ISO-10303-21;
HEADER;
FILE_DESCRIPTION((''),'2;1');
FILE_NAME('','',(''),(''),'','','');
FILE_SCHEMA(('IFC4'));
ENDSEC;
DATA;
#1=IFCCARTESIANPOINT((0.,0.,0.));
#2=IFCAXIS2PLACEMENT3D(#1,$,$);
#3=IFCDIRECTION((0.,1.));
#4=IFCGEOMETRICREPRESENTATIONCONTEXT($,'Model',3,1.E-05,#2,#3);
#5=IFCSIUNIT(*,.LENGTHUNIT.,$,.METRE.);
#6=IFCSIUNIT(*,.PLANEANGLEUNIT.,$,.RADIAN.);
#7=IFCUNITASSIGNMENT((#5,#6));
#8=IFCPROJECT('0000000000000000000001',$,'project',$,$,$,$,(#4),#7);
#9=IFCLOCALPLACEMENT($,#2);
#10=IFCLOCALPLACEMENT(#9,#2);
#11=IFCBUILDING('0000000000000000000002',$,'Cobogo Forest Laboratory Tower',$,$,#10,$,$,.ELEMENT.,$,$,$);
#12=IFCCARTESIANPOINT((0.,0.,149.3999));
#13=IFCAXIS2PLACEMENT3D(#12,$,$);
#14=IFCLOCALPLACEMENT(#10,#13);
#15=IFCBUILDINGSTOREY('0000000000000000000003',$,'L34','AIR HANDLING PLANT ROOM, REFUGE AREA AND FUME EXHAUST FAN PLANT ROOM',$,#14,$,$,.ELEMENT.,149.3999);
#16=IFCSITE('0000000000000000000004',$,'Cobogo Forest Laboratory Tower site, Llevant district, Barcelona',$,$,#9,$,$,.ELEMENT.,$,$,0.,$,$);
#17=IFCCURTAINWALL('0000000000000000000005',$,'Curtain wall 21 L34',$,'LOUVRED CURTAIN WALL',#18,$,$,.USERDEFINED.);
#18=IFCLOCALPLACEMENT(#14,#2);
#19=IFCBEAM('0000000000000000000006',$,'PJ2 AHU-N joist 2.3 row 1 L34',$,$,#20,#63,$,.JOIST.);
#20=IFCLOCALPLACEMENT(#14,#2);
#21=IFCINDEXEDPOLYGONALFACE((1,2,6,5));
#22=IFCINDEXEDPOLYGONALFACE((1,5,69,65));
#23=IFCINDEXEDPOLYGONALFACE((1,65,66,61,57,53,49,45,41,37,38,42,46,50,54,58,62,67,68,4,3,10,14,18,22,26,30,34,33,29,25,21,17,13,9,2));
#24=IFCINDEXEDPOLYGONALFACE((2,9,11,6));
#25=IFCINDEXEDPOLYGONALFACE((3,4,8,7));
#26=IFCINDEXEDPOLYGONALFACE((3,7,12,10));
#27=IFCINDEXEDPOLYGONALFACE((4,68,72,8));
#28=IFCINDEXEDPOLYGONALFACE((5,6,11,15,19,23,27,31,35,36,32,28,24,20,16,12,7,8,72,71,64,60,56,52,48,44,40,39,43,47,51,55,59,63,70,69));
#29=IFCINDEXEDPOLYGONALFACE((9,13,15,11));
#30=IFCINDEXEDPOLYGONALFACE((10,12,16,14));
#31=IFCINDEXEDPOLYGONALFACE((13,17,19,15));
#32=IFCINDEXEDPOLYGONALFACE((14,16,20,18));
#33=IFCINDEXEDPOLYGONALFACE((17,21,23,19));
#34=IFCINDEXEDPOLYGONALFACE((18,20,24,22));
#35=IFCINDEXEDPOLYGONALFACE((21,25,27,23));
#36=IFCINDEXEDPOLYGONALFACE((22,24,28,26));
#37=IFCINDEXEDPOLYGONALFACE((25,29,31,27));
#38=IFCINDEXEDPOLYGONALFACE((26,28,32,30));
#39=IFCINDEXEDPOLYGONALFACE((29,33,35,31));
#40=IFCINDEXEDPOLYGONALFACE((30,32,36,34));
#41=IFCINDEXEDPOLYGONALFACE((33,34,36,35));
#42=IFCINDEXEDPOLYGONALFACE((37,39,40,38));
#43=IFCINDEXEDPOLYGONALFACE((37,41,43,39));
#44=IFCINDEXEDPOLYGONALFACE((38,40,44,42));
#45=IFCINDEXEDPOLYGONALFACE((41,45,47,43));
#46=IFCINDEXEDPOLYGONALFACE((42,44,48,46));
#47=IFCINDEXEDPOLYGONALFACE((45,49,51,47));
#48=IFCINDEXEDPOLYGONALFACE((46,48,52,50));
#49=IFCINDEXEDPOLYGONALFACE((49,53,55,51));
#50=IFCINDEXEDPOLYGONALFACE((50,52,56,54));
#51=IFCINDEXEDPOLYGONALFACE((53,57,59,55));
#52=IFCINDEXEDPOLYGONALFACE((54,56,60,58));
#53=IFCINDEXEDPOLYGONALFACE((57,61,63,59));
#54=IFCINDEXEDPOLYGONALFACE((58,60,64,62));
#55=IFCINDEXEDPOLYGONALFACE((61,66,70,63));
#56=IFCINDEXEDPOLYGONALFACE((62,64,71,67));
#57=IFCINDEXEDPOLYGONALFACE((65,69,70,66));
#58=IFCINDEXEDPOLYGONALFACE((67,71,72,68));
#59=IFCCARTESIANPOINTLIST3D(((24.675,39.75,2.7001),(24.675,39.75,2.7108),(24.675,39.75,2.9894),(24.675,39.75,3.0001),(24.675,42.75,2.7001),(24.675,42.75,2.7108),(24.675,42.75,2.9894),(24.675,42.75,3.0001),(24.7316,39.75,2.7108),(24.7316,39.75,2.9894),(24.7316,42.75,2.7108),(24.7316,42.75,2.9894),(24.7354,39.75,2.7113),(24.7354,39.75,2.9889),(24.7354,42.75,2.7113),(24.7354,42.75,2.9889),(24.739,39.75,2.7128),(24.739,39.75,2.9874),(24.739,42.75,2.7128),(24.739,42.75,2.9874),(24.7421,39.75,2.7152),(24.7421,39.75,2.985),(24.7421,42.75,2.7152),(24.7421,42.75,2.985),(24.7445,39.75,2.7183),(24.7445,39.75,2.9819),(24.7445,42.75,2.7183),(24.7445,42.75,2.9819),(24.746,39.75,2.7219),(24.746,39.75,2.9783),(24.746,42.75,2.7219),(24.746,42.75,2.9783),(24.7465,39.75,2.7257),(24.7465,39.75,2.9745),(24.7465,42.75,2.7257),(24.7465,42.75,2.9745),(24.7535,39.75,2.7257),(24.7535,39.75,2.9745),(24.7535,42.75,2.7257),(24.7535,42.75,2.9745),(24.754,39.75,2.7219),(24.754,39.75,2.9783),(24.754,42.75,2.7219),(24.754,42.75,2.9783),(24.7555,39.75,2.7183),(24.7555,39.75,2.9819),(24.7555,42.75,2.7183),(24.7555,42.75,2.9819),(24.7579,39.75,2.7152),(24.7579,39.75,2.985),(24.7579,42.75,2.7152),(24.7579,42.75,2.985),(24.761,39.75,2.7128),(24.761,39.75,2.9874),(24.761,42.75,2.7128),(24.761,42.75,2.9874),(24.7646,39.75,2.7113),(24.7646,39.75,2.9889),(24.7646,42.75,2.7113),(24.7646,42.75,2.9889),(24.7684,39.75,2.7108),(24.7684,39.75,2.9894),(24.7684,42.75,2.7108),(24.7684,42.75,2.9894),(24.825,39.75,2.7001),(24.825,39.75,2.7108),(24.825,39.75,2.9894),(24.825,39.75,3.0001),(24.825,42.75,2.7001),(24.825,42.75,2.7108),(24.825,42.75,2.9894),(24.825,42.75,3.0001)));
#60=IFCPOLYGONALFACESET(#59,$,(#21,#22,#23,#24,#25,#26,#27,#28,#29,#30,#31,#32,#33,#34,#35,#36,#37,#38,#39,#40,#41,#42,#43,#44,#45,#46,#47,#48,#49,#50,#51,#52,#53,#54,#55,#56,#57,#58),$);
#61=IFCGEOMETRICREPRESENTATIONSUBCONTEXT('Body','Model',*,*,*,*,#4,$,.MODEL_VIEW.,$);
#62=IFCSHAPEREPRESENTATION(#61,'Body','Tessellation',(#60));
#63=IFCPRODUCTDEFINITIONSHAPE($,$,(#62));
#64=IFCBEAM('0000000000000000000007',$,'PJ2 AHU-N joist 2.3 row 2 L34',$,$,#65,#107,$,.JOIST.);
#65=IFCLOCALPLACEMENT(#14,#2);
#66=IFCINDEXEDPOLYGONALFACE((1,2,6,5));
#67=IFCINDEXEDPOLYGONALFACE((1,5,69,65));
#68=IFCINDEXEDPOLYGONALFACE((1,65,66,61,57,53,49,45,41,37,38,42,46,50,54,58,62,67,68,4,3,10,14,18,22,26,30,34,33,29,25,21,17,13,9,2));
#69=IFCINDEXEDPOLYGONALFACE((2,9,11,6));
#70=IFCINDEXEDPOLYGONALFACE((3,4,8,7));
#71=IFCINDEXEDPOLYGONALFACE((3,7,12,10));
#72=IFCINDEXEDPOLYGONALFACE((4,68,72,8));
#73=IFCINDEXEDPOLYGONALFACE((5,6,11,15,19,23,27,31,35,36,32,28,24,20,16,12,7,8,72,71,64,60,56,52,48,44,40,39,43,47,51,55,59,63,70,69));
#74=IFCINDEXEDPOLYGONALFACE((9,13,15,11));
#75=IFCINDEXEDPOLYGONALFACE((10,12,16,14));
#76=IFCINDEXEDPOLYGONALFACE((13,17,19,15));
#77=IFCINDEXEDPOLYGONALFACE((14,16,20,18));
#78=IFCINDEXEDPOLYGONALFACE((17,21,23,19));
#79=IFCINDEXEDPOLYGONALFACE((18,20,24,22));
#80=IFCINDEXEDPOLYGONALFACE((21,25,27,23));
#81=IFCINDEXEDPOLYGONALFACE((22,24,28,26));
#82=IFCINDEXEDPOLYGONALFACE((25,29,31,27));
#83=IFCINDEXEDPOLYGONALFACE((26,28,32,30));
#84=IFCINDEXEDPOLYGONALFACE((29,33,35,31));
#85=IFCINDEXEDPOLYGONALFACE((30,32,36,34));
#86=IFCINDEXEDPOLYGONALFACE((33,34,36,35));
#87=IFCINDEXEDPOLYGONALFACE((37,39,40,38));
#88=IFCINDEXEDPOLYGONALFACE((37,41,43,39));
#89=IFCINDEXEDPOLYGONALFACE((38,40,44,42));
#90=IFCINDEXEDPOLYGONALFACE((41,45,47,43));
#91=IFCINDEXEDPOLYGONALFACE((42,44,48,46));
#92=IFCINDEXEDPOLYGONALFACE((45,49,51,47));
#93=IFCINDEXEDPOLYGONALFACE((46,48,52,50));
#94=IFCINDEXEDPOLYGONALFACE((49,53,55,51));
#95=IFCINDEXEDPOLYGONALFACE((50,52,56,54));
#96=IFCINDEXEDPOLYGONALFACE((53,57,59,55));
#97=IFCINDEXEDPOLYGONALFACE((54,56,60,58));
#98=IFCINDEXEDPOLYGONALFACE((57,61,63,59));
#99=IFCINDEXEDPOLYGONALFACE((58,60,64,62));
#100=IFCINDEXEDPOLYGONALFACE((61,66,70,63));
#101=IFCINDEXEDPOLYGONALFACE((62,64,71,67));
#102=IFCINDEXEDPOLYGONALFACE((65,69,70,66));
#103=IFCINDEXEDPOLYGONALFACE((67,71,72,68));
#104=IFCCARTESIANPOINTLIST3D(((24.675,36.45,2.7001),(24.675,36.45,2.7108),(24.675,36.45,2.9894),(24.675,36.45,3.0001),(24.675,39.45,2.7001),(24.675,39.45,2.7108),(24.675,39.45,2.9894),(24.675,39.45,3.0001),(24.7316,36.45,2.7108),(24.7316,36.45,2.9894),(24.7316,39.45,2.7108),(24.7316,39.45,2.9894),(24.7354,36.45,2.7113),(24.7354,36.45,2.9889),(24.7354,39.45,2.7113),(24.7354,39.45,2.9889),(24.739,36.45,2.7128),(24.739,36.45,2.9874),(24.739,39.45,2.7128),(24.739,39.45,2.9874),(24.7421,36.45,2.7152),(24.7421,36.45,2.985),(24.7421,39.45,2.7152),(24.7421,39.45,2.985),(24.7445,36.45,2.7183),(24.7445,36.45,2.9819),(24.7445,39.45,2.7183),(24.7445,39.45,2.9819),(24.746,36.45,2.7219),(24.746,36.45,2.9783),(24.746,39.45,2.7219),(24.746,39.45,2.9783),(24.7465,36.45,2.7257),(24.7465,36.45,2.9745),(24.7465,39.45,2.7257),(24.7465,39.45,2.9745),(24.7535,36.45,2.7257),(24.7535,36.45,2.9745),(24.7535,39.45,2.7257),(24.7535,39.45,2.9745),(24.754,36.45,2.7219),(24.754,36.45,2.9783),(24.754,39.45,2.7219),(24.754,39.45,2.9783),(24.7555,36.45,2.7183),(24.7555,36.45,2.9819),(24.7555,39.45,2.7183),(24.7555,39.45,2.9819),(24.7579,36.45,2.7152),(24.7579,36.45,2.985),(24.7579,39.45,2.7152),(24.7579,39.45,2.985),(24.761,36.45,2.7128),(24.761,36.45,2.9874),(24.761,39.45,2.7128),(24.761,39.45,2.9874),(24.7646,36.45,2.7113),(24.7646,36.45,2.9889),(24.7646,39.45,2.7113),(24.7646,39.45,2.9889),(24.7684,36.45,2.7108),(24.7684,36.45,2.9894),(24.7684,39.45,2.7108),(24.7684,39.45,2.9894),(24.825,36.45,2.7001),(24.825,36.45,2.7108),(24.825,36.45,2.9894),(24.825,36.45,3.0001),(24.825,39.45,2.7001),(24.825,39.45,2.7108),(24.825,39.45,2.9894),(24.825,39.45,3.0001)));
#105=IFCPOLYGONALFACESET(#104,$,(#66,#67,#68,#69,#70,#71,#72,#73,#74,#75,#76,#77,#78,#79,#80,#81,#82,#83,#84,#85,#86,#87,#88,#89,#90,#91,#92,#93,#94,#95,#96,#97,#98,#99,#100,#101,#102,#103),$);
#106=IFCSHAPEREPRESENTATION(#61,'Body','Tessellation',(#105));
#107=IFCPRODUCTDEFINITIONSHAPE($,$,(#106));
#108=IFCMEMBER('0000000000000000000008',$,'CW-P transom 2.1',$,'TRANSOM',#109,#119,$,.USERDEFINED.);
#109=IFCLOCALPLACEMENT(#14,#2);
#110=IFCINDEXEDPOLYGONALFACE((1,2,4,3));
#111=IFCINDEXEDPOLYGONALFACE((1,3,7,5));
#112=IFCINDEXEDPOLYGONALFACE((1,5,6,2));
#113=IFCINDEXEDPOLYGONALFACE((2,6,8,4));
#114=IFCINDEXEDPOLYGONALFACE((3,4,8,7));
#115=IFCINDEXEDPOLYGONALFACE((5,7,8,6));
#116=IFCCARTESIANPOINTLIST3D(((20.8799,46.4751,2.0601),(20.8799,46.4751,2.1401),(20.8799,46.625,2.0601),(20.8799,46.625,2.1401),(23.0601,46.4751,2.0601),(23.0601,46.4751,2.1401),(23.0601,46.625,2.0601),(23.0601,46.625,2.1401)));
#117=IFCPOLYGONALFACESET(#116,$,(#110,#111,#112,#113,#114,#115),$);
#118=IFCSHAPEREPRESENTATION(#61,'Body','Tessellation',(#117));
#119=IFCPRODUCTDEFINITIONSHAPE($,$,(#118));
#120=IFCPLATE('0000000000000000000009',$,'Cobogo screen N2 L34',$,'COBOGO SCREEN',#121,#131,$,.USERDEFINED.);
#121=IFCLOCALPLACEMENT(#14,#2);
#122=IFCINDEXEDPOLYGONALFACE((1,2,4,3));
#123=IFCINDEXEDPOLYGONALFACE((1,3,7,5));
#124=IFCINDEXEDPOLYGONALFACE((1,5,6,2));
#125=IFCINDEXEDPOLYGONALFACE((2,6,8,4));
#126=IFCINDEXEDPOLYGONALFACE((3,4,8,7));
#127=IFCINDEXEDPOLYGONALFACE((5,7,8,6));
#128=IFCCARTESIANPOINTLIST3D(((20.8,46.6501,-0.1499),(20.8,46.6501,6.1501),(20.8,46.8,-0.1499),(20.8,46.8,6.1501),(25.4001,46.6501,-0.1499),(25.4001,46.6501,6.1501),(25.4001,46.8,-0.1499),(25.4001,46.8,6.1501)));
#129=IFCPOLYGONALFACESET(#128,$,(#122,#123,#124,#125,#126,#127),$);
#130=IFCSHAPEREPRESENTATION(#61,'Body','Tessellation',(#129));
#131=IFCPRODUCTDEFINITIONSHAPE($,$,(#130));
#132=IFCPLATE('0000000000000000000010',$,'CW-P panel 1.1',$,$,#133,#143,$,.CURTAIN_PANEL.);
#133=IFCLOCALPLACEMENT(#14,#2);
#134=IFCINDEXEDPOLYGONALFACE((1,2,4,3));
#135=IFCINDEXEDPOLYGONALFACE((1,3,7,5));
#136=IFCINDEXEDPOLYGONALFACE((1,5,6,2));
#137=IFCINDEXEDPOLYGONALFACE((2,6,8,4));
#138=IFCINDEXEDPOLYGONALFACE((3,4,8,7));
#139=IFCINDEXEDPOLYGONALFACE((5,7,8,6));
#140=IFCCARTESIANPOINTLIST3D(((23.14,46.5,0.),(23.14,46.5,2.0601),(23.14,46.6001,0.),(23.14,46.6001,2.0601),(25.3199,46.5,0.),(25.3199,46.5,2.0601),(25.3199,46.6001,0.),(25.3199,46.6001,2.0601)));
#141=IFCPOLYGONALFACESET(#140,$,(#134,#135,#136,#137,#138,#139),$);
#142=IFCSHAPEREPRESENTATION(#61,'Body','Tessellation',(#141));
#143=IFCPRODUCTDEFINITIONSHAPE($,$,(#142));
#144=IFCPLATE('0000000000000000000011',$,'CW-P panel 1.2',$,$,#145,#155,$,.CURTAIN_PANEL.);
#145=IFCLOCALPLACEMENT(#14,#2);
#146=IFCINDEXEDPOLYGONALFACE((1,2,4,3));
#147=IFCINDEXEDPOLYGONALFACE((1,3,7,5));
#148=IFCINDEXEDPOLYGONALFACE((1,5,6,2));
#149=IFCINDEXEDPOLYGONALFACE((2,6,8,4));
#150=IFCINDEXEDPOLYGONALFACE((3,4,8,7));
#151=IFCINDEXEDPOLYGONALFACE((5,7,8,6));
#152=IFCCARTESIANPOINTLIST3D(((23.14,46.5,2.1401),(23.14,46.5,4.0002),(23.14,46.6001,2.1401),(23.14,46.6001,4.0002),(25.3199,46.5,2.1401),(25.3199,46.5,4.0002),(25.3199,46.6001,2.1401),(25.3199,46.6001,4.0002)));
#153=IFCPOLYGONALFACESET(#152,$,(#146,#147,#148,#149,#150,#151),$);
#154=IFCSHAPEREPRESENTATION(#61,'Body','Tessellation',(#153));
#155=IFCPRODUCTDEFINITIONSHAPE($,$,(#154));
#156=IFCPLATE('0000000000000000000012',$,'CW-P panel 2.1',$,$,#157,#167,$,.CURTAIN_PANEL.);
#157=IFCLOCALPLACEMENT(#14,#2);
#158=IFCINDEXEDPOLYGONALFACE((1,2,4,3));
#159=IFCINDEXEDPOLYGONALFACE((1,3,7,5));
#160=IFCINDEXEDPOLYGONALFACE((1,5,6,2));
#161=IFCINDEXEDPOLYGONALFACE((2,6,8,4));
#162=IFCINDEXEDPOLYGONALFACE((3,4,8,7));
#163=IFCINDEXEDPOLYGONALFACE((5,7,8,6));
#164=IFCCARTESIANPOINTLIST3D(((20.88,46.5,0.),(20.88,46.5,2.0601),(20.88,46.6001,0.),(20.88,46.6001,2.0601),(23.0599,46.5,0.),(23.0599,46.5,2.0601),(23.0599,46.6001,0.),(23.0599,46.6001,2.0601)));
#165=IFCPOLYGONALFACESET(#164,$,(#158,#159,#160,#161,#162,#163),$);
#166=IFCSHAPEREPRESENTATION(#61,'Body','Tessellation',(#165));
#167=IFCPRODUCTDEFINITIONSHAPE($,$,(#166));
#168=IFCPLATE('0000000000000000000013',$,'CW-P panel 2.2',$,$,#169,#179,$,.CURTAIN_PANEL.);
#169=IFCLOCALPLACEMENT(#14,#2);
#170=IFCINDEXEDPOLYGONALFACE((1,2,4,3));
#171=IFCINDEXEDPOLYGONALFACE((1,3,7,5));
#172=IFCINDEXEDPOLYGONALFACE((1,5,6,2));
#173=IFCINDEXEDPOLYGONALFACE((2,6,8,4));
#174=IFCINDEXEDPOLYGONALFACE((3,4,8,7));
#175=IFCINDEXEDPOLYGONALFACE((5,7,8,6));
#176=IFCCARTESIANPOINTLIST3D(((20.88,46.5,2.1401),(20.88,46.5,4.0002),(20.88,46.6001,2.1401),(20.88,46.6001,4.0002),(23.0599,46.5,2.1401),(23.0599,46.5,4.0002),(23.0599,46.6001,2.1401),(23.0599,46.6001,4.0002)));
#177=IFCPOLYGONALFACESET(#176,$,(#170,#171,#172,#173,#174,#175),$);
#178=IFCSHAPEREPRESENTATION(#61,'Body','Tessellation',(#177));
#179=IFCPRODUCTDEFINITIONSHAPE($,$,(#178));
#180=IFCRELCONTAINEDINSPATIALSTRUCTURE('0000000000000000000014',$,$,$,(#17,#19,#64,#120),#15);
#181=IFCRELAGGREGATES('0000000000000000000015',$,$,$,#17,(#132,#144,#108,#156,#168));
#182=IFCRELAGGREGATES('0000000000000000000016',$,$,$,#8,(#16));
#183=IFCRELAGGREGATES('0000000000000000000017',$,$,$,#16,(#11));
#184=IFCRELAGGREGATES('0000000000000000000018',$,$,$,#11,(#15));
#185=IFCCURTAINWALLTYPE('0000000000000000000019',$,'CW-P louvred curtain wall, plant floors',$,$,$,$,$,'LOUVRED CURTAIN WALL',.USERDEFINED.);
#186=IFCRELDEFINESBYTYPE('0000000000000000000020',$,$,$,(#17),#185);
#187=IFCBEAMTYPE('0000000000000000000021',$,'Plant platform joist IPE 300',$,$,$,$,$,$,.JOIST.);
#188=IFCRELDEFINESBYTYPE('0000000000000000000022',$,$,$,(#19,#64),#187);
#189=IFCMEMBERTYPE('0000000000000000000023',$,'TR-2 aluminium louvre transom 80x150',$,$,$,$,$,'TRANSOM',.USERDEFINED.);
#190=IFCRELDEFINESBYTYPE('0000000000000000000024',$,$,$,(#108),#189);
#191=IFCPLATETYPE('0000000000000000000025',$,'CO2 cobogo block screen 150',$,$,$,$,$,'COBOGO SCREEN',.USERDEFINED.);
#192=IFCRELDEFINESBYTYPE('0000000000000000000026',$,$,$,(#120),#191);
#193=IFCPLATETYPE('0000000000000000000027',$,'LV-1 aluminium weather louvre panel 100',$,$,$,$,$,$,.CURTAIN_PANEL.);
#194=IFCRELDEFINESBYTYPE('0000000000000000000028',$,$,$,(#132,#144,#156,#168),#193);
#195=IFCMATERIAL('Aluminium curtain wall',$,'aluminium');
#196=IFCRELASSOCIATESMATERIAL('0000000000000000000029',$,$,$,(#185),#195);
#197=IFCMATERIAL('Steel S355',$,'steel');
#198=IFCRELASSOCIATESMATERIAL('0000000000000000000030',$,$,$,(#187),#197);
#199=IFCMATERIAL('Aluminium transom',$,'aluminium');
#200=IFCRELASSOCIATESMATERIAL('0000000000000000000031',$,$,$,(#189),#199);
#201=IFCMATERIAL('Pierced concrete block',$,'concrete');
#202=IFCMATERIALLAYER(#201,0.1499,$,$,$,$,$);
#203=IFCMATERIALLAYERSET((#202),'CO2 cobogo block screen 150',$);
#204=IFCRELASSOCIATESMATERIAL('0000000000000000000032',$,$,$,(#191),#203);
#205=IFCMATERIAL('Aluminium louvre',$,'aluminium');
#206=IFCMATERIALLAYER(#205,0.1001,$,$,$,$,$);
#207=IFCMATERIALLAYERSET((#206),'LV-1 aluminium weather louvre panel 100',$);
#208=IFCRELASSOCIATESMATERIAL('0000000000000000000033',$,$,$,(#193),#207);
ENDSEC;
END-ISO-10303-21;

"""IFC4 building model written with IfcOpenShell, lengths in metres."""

from ifc_helpers import new_model, si_unit, direction, frame, origin, origin_2d, place, context, subcontext, project, spatial, rectangle, i_section, extrude, material, layer, layer_set, material_profile, profile_set, type_object, element, aggregate, save


model = new_model("IFC4")

# Units and contexts
model_context = context("Model", 3, precision=1e-05, world=origin(), true_north=direction((0.0, 1.0)))
body_context = subcontext(model_context, "Body", "Model", "MODEL_VIEW")
ifc_project = project(units=[si_unit("LENGTHUNIT", "METRE"), si_unit("PLANEANGLEUNIT", "RADIAN")], contexts=[model_context])

# Site, building, storey
site_placement = place(None, origin())
site = spatial("IfcSite", under=ifc_project, at=site_placement, Name="Cobogo Forest Laboratory Tower site, Llevant district, Barcelona", CompositionType="ELEMENT", RefElevation=0.0)
building_placement = place(site_placement, origin())
building = spatial("IfcBuilding", under=site, at=building_placement, Name="Cobogo Forest Laboratory Tower", CompositionType="ELEMENT")
storey_placement = place(building_placement, frame((0.0, 0.0, 149.3999)))
storey = spatial("IfcBuildingStorey", under=building, at=storey_placement, Name="L34", Description="AIR HANDLING PLANT ROOM, REFUGE AREA AND FUME EXHAUST FAN PLANT ROOM", CompositionType="ELEMENT", Elevation=149.3999)

# Curtain wall
ifc_material_1 = material(Name="Aluminium curtain wall", Category="aluminium")
curtain_wall_type = type_object("IfcCurtainWallType", Name="CW-P louvred curtain wall, plant floors", ElementType="LOUVRED CURTAIN WALL", PredefinedType="USERDEFINED", material=ifc_material_1)
curtain_wall_placement = place(storey_placement, origin())
curtain_wall = element("IfcCurtainWall", 1, at=curtain_wall_placement, inside=storey, type_object=curtain_wall_type, Name="Curtain wall 21 L34", ObjectType="LOUVRED CURTAIN WALL", PredefinedType="USERDEFINED")

# Shared definitions
ifc_material_2 = material(Name="Steel S355", Category="steel")

# Beams
ifc_material_profile_1 = material_profile(ifc_material_2, i_section(OverallWidth=0.1499, OverallDepth=0.3, WebThickness=0.0071, FlangeThickness=0.0107, FilletRadius=0.0149, at=origin_2d()), Name="IPE 300")
ifc_profile_set_1 = profile_set([ifc_material_profile_1], Name="Steel S355")
beam_type_1 = type_object("IfcBeamType", Name="Plant platform joist IPE 300", PredefinedType="JOIST", material=ifc_profile_set_1)
for number, where, z_axis, x_axis, name in (
    (2, (24.75, 42.75, 2.8501), (0.0, -1.0, 0.0), (1.0, 0.0, 0.0), "PJ2 AHU-N joist 2.3 row 1 L34"),
    (3, (24.75, 39.45, 2.8501), (0.0, -1.0, 0.0), (1.0, 0.0, 0.0), "PJ2 AHU-N joist 2.3 row 2 L34"),
):
    element("IfcBeam", number, at=place(storey_placement, frame(where, z_axis=z_axis, x_axis=x_axis)), inside=storey, type_object=beam_type_1, Name=name, PredefinedType="JOIST", context=body_context, shape_type="SweptSolid", body=[
        extrude(i_section(OverallWidth=0.1499, OverallDepth=0.3, WebThickness=0.0071, FlangeThickness=0.0107, FilletRadius=0.0149, at=origin_2d()), origin(), (0.0, 0.0, 1.0), 3.0),
    ])

# Member
ifc_material_3 = material(Name="Aluminium transom", Category="aluminium")
ifc_material_profile_2 = material_profile(ifc_material_3, rectangle(XDim=0.1499, YDim=0.0801, at=origin_2d()), Name="AL 80x150")
ifc_profile_set_2 = profile_set([ifc_material_profile_2], Name="Aluminium transom")
member_type_1 = type_object("IfcMemberType", Name="TR-2 aluminium louvre transom 80x150", ElementType="TRANSOM", PredefinedType="USERDEFINED", material=ifc_profile_set_2)
member_1_placement = place(storey_placement, frame((23.0601, 46.55, 2.1001), z_axis=(-1.0, 0.0, 0.0), x_axis=(0.0, -1.0, 0.0)))
member_1 = element("IfcMember", 4, at=member_1_placement, type_object=member_type_1, Name="CW-P transom 2.1", ObjectType="TRANSOM", PredefinedType="USERDEFINED", context=body_context, shape_type="SweptSolid", body=[
    extrude(rectangle(XDim=0.1499, YDim=0.0801, at=origin_2d()), origin(), (0.0, 0.0, 1.0), 2.1802),
])

# Plates
ifc_material_4 = material(Name="Pierced concrete block", Category="concrete")
ifc_layer_1 = layer(ifc_material_4, 0.1499)
ifc_layer_set_1 = layer_set([ifc_layer_1], Name="CO2 cobogo block screen 150")
plate_type_1 = type_object("IfcPlateType", Name="CO2 cobogo block screen 150", ElementType="COBOGO SCREEN", PredefinedType="USERDEFINED", material=ifc_layer_set_1)
plate_1_placement = place(storey_placement, frame((23.1001, 46.7251, -0.1499), z_axis=(0.0, 0.0, 1.0), x_axis=(1.0, 0.0, 0.0)))
element("IfcPlate", 5, at=plate_1_placement, inside=storey, type_object=plate_type_1, Name="Cobogo screen N2 L34", ObjectType="COBOGO SCREEN", PredefinedType="USERDEFINED", context=body_context, shape_type="SweptSolid", body=[
    extrude(rectangle(XDim=4.6001, YDim=0.1499, at=origin_2d()), origin(), (0.0, 0.0, 1.0), 6.3),
])
ifc_material_5 = material(Name="Aluminium louvre", Category="aluminium")
ifc_layer_2 = layer(ifc_material_5, 0.1001)
ifc_layer_set_2 = layer_set([ifc_layer_2], Name="LV-1 aluminium weather louvre panel 100")
plate_type_2 = type_object("IfcPlateType", Name="LV-1 aluminium weather louvre panel 100", PredefinedType="CURTAIN_PANEL", material=ifc_layer_set_2)
plate_2_placement = place(storey_placement, frame((24.23, 46.55, 0.0), z_axis=(0.0, 0.0, 1.0), x_axis=(-1.0, 0.0, 0.0)))
plate_2 = element("IfcPlate", 6, at=plate_2_placement, type_object=plate_type_2, Name="CW-P panel 1.1", PredefinedType="CURTAIN_PANEL", context=body_context, shape_type="SweptSolid", body=[
    extrude(rectangle(XDim=2.1799, YDim=0.1001, at=origin_2d()), origin(), (0.0, 0.0, 1.0), 2.0601),
])
plate_3_placement = place(storey_placement, frame((24.23, 46.55, 2.1401), z_axis=(0.0, 0.0, 1.0), x_axis=(-1.0, 0.0, 0.0)))
plate_3 = element("IfcPlate", 7, at=plate_3_placement, type_object=plate_type_2, Name="CW-P panel 1.2", PredefinedType="CURTAIN_PANEL", context=body_context, shape_type="SweptSolid", body=[
    extrude(rectangle(XDim=2.1799, YDim=0.1001, at=origin_2d()), origin(), (0.0, 0.0, 1.0), 1.8601),
])
plate_4_placement = place(storey_placement, frame((21.97, 46.55, 0.0), z_axis=(0.0, 0.0, 1.0), x_axis=(-1.0, 0.0, 0.0)))
plate_4 = element("IfcPlate", 8, at=plate_4_placement, type_object=plate_type_2, Name="CW-P panel 2.1", PredefinedType="CURTAIN_PANEL", context=body_context, shape_type="SweptSolid", body=[
    extrude(rectangle(XDim=2.1799, YDim=0.1001, at=origin_2d()), origin(), (0.0, 0.0, 1.0), 2.0601),
])
plate_5_placement = place(storey_placement, frame((21.97, 46.55, 2.1401), z_axis=(0.0, 0.0, 1.0), x_axis=(-1.0, 0.0, 0.0)))
plate_5 = element("IfcPlate", 9, at=plate_5_placement, type_object=plate_type_2, Name="CW-P panel 2.2", PredefinedType="CURTAIN_PANEL", context=body_context, shape_type="SweptSolid", body=[
    extrude(rectangle(XDim=2.1799, YDim=0.1001, at=origin_2d()), origin(), (0.0, 0.0, 1.0), 1.8601),
])
aggregate(curtain_wall, [plate_2, plate_3, member_1, plate_4, plate_5])

save(model, "model.ifc")
